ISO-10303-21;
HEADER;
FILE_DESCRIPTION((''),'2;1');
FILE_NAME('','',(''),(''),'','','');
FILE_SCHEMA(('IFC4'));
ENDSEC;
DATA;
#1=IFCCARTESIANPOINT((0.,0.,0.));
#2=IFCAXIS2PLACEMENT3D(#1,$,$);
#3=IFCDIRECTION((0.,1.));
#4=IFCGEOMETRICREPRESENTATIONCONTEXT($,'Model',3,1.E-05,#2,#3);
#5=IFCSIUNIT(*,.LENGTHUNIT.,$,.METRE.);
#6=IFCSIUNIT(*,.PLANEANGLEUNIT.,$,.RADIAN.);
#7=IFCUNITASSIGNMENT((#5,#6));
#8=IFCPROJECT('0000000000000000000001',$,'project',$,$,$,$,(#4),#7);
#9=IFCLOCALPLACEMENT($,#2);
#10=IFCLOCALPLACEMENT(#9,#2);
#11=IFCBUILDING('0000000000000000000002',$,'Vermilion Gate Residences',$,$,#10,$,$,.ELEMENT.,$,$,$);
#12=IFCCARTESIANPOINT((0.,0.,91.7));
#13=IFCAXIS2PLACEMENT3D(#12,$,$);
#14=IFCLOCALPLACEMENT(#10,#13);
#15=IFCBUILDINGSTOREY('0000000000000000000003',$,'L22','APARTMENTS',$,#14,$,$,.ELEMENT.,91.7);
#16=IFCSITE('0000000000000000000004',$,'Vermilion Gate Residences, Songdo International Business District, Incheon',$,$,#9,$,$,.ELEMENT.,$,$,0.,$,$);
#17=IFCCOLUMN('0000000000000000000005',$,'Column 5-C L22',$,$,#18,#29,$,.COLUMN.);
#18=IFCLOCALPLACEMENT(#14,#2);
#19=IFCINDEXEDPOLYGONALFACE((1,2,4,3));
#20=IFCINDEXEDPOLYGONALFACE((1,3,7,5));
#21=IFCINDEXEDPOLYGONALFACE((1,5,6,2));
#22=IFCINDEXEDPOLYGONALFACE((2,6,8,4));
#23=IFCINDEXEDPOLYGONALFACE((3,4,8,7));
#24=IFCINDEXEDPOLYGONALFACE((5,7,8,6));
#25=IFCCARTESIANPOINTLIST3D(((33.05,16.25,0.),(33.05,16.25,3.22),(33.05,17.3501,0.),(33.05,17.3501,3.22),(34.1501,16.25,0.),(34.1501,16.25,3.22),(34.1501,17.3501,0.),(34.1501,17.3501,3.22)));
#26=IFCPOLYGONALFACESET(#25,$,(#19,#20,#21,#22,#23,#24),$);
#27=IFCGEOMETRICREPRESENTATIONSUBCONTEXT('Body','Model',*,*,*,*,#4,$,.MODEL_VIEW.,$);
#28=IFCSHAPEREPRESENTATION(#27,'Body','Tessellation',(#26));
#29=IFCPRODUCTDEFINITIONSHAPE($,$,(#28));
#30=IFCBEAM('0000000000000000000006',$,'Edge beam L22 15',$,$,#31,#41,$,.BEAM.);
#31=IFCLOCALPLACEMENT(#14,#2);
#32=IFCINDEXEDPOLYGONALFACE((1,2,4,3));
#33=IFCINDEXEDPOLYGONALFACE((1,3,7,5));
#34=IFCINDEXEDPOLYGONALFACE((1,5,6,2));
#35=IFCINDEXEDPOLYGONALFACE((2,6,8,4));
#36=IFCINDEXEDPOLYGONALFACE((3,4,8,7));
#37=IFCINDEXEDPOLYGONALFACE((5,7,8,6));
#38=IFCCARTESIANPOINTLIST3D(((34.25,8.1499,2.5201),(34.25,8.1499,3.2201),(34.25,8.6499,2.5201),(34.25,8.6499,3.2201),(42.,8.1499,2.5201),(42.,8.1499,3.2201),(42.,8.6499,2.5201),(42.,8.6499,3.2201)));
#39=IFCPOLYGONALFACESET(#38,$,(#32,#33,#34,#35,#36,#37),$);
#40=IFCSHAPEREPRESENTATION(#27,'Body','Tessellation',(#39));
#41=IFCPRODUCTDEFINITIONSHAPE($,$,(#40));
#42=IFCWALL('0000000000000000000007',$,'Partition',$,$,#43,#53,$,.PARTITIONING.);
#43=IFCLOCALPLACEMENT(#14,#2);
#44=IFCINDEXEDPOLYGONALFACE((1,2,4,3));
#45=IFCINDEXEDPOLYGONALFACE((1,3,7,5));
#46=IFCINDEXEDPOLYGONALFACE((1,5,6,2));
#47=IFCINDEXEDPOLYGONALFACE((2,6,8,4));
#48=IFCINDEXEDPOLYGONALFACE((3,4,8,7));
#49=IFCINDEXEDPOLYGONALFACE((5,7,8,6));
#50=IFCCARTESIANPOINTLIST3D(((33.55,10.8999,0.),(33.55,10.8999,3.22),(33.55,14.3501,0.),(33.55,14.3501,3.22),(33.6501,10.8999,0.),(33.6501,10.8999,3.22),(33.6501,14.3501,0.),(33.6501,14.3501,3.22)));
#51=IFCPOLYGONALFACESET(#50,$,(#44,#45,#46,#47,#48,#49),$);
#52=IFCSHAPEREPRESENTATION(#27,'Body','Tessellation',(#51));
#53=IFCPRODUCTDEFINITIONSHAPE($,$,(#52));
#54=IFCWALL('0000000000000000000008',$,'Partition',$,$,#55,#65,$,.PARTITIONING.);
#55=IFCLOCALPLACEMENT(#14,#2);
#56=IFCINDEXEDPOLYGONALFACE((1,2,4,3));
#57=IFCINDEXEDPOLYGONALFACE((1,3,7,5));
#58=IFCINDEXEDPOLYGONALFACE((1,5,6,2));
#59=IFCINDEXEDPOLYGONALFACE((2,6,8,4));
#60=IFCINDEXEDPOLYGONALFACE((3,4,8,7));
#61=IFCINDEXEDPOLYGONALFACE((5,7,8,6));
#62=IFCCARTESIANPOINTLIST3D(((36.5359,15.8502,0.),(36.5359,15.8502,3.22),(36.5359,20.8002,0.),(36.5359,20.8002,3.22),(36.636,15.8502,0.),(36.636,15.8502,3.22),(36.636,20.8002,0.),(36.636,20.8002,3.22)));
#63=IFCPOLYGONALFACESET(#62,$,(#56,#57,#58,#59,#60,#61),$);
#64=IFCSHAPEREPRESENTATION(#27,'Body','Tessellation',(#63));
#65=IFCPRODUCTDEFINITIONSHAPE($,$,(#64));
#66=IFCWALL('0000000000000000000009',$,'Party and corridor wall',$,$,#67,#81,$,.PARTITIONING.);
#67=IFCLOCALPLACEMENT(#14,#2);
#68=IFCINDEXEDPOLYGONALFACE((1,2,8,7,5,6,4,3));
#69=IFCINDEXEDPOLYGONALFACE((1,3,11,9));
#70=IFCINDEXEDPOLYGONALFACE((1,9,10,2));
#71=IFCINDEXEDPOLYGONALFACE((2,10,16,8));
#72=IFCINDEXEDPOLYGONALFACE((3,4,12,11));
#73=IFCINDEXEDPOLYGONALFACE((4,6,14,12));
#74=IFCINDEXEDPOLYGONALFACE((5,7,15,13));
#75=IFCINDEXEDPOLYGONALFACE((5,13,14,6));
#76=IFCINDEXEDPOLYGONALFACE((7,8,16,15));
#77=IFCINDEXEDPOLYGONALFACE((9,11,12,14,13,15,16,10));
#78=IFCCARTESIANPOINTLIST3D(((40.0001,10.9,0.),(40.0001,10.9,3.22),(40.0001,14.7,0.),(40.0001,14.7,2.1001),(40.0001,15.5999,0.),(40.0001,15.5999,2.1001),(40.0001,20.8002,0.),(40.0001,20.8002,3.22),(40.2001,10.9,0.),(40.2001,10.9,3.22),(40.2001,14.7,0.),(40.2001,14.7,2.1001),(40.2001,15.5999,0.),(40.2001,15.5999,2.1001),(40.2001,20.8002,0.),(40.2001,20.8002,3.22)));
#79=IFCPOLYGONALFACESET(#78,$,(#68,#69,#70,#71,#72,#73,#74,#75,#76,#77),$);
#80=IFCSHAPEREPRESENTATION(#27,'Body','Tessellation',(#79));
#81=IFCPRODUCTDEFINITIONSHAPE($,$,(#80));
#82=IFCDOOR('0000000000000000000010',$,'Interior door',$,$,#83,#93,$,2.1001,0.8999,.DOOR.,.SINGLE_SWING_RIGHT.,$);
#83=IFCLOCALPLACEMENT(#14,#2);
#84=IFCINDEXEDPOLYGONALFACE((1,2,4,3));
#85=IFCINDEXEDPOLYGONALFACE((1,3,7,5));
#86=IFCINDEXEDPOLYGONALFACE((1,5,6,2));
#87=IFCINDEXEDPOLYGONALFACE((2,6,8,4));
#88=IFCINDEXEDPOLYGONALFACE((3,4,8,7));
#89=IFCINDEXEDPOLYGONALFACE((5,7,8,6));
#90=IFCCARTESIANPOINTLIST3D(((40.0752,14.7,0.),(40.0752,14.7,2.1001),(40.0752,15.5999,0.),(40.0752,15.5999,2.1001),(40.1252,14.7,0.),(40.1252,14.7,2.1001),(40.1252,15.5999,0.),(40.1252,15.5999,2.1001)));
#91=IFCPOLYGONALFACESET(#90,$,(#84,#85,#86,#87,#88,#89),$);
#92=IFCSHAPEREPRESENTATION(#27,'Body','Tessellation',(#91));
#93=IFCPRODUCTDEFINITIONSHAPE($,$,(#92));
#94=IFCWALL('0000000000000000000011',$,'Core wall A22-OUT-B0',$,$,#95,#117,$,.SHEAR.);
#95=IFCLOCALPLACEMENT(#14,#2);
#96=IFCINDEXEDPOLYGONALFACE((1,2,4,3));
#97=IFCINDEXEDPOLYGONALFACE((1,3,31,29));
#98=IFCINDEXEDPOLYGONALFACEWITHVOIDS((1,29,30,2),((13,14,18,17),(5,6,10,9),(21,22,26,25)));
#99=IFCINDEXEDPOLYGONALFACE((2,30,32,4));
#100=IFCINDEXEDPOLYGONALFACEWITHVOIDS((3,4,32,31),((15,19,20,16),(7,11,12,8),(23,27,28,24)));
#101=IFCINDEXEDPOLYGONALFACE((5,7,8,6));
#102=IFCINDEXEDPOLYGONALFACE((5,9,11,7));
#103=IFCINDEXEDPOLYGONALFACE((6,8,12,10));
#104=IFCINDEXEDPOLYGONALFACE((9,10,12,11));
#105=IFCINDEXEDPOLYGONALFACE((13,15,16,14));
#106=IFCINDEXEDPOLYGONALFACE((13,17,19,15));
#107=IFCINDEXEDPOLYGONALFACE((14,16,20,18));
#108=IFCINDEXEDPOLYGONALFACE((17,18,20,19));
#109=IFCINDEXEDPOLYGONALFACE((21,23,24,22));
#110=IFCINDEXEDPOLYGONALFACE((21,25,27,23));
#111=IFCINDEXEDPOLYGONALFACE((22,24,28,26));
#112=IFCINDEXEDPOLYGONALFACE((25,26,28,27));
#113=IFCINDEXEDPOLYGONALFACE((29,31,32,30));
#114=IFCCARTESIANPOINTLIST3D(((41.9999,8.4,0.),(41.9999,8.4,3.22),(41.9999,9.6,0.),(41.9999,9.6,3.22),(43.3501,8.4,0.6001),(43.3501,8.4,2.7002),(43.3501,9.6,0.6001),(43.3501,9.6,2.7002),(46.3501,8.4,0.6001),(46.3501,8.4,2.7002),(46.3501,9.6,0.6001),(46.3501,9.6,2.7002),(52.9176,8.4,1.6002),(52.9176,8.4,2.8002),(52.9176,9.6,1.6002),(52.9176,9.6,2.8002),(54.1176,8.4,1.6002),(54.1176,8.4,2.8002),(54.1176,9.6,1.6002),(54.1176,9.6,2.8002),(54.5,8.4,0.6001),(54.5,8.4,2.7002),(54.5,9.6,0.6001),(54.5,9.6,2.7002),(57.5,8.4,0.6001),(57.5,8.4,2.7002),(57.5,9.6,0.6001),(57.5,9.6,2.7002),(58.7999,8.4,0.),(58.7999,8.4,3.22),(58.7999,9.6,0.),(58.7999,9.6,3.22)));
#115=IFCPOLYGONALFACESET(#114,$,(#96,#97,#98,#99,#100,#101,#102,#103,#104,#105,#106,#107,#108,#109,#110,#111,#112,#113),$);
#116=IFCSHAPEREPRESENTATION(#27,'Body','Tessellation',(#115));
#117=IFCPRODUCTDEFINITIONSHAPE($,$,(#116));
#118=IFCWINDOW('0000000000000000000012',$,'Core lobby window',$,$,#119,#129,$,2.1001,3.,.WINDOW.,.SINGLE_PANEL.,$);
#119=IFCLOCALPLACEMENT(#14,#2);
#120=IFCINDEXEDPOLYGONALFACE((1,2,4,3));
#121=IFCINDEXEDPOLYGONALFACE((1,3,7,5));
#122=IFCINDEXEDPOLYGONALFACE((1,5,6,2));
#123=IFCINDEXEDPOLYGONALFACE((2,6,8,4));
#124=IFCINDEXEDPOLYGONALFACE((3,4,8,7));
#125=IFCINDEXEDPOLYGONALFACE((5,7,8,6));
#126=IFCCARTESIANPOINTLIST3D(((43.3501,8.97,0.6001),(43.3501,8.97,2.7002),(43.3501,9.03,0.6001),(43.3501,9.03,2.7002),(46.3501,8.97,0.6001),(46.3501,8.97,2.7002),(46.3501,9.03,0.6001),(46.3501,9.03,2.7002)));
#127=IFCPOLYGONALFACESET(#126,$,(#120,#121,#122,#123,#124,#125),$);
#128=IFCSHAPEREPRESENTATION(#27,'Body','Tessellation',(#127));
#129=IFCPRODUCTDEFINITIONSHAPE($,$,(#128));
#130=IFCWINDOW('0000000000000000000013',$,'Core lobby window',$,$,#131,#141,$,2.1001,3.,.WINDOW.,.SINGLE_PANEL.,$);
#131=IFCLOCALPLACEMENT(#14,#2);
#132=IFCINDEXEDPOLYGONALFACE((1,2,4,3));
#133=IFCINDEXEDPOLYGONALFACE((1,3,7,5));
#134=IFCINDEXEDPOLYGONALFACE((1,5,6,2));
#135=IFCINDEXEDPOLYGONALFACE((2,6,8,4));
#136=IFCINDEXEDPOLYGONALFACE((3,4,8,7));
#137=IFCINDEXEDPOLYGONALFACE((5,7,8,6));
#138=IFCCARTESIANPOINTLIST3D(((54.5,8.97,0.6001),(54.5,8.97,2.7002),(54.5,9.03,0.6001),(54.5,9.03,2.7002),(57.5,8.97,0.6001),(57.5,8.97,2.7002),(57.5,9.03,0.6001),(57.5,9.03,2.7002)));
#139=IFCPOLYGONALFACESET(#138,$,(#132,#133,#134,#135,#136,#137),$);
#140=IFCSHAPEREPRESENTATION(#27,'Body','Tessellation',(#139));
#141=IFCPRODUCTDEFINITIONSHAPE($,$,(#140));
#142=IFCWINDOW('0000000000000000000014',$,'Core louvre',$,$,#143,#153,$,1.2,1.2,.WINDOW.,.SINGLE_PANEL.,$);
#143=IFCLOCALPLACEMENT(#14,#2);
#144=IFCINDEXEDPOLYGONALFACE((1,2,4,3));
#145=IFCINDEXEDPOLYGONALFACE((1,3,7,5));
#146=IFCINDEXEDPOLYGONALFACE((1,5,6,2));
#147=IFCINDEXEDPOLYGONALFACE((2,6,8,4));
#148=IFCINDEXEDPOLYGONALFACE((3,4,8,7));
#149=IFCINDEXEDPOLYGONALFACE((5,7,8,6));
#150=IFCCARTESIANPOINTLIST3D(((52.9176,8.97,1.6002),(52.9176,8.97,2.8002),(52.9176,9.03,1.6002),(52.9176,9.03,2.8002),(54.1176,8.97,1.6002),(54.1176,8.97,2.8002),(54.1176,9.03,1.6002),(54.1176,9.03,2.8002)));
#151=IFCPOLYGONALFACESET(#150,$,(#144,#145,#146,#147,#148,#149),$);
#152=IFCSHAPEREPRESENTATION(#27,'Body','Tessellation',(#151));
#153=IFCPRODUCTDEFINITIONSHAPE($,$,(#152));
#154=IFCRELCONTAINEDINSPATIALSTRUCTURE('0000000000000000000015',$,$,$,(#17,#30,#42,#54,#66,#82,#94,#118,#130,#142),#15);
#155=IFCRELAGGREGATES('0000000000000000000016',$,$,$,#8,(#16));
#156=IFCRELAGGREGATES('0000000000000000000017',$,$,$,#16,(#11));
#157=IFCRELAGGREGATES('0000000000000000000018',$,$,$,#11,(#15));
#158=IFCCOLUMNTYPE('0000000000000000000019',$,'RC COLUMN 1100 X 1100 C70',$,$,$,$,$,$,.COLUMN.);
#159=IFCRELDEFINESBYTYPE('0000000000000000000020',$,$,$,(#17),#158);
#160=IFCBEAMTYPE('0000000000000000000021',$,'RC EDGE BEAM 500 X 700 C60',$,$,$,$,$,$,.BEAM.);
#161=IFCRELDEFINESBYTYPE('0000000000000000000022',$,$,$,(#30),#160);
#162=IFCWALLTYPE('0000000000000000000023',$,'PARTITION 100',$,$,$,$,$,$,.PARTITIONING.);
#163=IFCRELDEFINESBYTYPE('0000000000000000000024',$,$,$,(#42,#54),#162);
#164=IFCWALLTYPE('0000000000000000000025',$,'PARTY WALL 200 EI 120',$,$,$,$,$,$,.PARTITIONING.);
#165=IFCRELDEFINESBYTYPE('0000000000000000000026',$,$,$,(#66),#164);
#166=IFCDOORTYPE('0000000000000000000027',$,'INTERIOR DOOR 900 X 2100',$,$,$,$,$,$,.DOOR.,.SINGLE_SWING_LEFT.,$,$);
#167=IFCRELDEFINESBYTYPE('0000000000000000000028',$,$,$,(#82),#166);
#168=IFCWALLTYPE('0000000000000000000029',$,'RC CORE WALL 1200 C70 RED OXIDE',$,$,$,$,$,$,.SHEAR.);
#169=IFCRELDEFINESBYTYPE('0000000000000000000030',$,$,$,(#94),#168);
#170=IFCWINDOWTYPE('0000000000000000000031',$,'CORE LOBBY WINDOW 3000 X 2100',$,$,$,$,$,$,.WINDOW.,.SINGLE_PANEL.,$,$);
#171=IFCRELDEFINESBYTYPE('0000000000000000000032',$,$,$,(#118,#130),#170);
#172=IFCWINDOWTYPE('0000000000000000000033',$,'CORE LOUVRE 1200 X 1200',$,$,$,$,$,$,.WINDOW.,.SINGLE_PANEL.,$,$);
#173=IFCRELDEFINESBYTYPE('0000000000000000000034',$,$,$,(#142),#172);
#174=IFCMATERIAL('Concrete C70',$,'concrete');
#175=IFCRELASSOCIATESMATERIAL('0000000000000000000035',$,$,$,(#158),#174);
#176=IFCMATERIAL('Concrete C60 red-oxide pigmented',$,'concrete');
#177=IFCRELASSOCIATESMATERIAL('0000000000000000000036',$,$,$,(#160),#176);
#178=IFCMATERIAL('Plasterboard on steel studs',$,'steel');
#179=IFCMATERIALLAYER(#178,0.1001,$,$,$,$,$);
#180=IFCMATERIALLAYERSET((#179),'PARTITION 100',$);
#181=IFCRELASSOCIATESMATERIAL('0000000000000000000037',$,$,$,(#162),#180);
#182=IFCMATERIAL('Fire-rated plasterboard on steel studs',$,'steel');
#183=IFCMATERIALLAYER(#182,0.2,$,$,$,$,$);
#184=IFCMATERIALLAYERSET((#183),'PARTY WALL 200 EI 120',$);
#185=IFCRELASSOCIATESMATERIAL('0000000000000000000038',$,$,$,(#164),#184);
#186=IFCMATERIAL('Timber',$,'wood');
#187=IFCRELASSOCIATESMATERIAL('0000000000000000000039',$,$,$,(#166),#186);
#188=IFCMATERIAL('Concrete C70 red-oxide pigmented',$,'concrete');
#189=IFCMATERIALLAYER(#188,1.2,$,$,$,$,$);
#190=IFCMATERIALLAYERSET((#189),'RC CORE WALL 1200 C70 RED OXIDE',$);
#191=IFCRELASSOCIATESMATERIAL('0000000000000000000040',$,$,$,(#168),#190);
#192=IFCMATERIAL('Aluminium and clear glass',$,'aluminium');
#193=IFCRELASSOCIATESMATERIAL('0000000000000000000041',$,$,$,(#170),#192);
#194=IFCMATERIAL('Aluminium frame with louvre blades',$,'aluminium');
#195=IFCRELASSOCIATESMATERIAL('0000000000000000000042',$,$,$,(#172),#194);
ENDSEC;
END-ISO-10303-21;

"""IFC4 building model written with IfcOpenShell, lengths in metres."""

from ifc_helpers import new_model, si_unit, direction, frame, frame_2d, origin, origin_2d, place, context, subcontext, project, spatial, rectangle, extrude, material, layer, layer_set, material_profile, profile_set, type_object, element, fill, save


model = new_model("IFC4")

# Units and contexts
model_context = context("Model", 3, precision=1e-05, world=origin(), true_north=direction((0.0, 1.0)))
body_context = subcontext(model_context, "Body", "Model", "MODEL_VIEW")
ifc_project = project(units=[si_unit("LENGTHUNIT", "METRE"), si_unit("PLANEANGLEUNIT", "RADIAN")], contexts=[model_context])

# Site, building, storey
site_placement = place(None, origin())
site = spatial("IfcSite", under=ifc_project, at=site_placement, Name="Vermilion Gate Residences, Songdo International Business District, Incheon", CompositionType="ELEMENT", RefElevation=0.0)
building_placement = place(site_placement, origin())
building = spatial("IfcBuilding", under=site, at=building_placement, Name="Vermilion Gate Residences", CompositionType="ELEMENT")
storey_placement = place(building_placement, frame((0.0, 0.0, 91.7)))
storey = spatial("IfcBuildingStorey", under=building, at=storey_placement, Name="L22", Description="APARTMENTS", CompositionType="ELEMENT", Elevation=91.7)

# Column
ifc_material_1 = material(Name="Concrete C70", Category="concrete")
ifc_material_profile_1 = material_profile(ifc_material_1, rectangle(XDim=1.1001, YDim=1.1001, at=origin_2d()), Name="RC-1100x1100")
ifc_profile_set_1 = profile_set([ifc_material_profile_1], Name="Concrete C70")
column_type = type_object("IfcColumnType", Name="RC COLUMN 1100 X 1100 C70", PredefinedType="COLUMN", material=ifc_profile_set_1)
column_placement = place(storey_placement, frame((33.6001, 16.8, 0.0), z_axis=(0.0, 0.0, 1.0), x_axis=(1.0, 0.0, 0.0)))
element("IfcColumn", 1, at=column_placement, inside=storey, type_object=column_type, Name="Column 5-C L22", PredefinedType="COLUMN", context=body_context, shape_type="SweptSolid", body=[
    extrude(rectangle(XDim=1.1001, YDim=1.1001, at=origin_2d()), origin(), (0.0, 0.0, 1.0), 3.22),
])

# Beam
ifc_material_2 = material(Name="Concrete C60 red-oxide pigmented", Category="concrete")
ifc_material_profile_2 = material_profile(ifc_material_2, rectangle(XDim=0.5, YDim=0.7, at=origin_2d()), Name="RC-500x700")
ifc_profile_set_2 = profile_set([ifc_material_profile_2], Name="Concrete C60 red-oxide pigmented")
beam_type = type_object("IfcBeamType", Name="RC EDGE BEAM 500 X 700 C60", PredefinedType="BEAM", material=ifc_profile_set_2)
beam_placement = place(storey_placement, frame((34.25, 8.3999, 2.8701), z_axis=(1.0, 0.0, 0.0), x_axis=(0.0, 1.0, 0.0)))
element("IfcBeam", 2, at=beam_placement, inside=storey, type_object=beam_type, Name="Edge beam L22 15", PredefinedType="BEAM", context=body_context, shape_type="SweptSolid", body=[
    extrude(rectangle(XDim=0.5, YDim=0.7, at=origin_2d()), origin(), (0.0, 0.0, 1.0), 7.75),
])

# Walls
ifc_material_3 = material(Name="Plasterboard on steel studs", Category="steel")
ifc_layer_1 = layer(ifc_material_3, 0.1001)
ifc_layer_set_1 = layer_set([ifc_layer_1], Name="PARTITION 100")
wall_type_1 = type_object("IfcWallType", Name="PARTITION 100", PredefinedType="PARTITIONING", material=ifc_layer_set_1)
wall_1_placement = place(storey_placement, frame((33.6001, 10.8999, 0.0), z_axis=(0.0, 0.0, 1.0), x_axis=(0.0, 1.0, 0.0)))
element("IfcWall", 3, at=wall_1_placement, inside=storey, type_object=wall_type_1, Name="Partition", PredefinedType="PARTITIONING", context=body_context, shape_type="SweptSolid", body=[
    extrude(rectangle(XDim=3.4502, YDim=0.1001, at=frame_2d((1.7251, 0.0))), origin(), (0.0, 0.0, 1.0), 3.22),
])
wall_2_placement = place(storey_placement, frame((36.5859, 15.8501, 0.0), z_axis=(0.0, 0.0, 1.0), x_axis=(0.0, 1.0, 0.0)))
element("IfcWall", 4, at=wall_2_placement, inside=storey, type_object=wall_type_1, Name="Partition", PredefinedType="PARTITIONING", context=body_context, shape_type="SweptSolid", body=[
    extrude(rectangle(XDim=4.95, YDim=0.1001, at=frame_2d((2.4751, 0.0))), origin(), (0.0, 0.0, 1.0), 3.22),
])

# Wall, opening, door
ifc_material_4 = material(Name="Fire-rated plasterboard on steel studs", Category="steel")
ifc_layer_2 = layer(ifc_material_4, 0.2)
ifc_layer_set_2 = layer_set([ifc_layer_2], Name="PARTY WALL 200 EI 120")
wall_type_2 = type_object("IfcWallType", Name="PARTY WALL 200 EI 120", PredefinedType="PARTITIONING", material=ifc_layer_set_2)
wall_3_placement = place(storey_placement, frame((40.1001, 10.8999, 0.0), z_axis=(0.0, 0.0, 1.0), x_axis=(0.0, 1.0, 0.0)))
wall_3 = element("IfcWall", 5, at=wall_3_placement, inside=storey, type_object=wall_type_2, Name="Party and corridor wall", PredefinedType="PARTITIONING", context=body_context, shape_type="SweptSolid", body=[
    extrude(rectangle(XDim=9.9001, YDim=0.2, at=frame_2d((4.9502, 0.0))), origin(), (0.0, 0.0, 1.0), 3.22),
])
opening_1_placement = place(wall_3_placement, frame((3.8, 0.0, 0.0)))
opening_1 = element("IfcOpeningElement", 6, at=opening_1_placement, cuts=wall_3, PredefinedType="OPENING", context=body_context, shape_type="SweptSolid", body=[
    extrude(rectangle(XDim=0.8999, YDim=2.1001, at=frame_2d((0.45, 1.05))), frame((0.0, 0.1099, 0.0), z_axis=(0.0, -1.0, 0.0), x_axis=(1.0, 0.0, 0.0)), (0.0, 0.0, 1.0), 0.22),
])
ifc_material_5 = material(Name="Timber", Category="wood")
door_type = type_object("IfcDoorType", Name="INTERIOR DOOR 900 X 2100", OperationType="SINGLE_SWING_LEFT", PredefinedType="DOOR", material=ifc_material_5)
door_placement = place(opening_1_placement, origin())
door = element("IfcDoor", 7, at=door_placement, inside=storey, type_object=door_type, Name="Interior door", OperationType="SINGLE_SWING_RIGHT", OverallHeight=2.1001, OverallWidth=0.8999, PredefinedType="DOOR", context=body_context, shape_type="SweptSolid", body=[
    extrude(rectangle(XDim=0.8999, YDim=2.1001, at=frame_2d((0.45, 1.05))), frame((0.0, 0.0249, 0.0), z_axis=(0.0, -1.0, 0.0), x_axis=(1.0, 0.0, 0.0)), (0.0, 0.0, 1.0), 0.05),
])
fill(opening_1, door)

# Wall, openings, windows
ifc_material_6 = material(Name="Concrete C70 red-oxide pigmented", Category="concrete")
ifc_layer_3 = layer(ifc_material_6, 1.2)
ifc_layer_set_3 = layer_set([ifc_layer_3], Name="RC CORE WALL 1200 C70 RED OXIDE")
wall_type_3 = type_object("IfcWallType", Name="RC CORE WALL 1200 C70 RED OXIDE", PredefinedType="SHEAR", material=ifc_layer_set_3)
wall_4_placement = place(storey_placement, frame((42.0, 9.0, 0.0), z_axis=(0.0, 0.0, 1.0), x_axis=(1.0, 0.0, 0.0)))
wall_4 = element("IfcWall", 8, at=wall_4_placement, inside=storey, type_object=wall_type_3, Name="Core wall A22-OUT-B0", PredefinedType="SHEAR", context=body_context, shape_type="SweptSolid", body=[
    extrude(rectangle(XDim=16.8, YDim=1.2, at=frame_2d((8.3999, 0.0))), origin(), (0.0, 0.0, 1.0), 3.22),
])
opening_2_placement = place(wall_4_placement, frame((1.3501, 0.0, 0.6001)))
opening_2 = element("IfcOpeningElement", 9, at=opening_2_placement, cuts=wall_4, PredefinedType="OPENING", context=body_context, shape_type="SweptSolid", body=[
    extrude(rectangle(XDim=3.0, YDim=2.1001, at=frame_2d((1.5, 1.05))), frame((0.0, 0.6099, 0.0), z_axis=(0.0, -1.0, 0.0), x_axis=(1.0, 0.0, 0.0)), (0.0, 0.0, 1.0), 1.22),
])
opening_3_placement = place(wall_4_placement, frame((10.9175, 0.0, 1.6001)))
opening_3 = element("IfcOpeningElement", 10, at=opening_3_placement, cuts=wall_4, PredefinedType="OPENING", context=body_context, shape_type="SweptSolid", body=[
    extrude(rectangle(XDim=1.2, YDim=1.2, at=frame_2d((0.6001, 0.6001))), frame((0.0, 0.6099, 0.0), z_axis=(0.0, -1.0, 0.0), x_axis=(1.0, 0.0, 0.0)), (0.0, 0.0, 1.0), 1.22),
])
opening_4_placement = place(wall_4_placement, frame((12.5, 0.0, 0.6001)))
opening_4 = element("IfcOpeningElement", 11, at=opening_4_placement, cuts=wall_4, PredefinedType="OPENING", context=body_context, shape_type="SweptSolid", body=[
    extrude(rectangle(XDim=3.0, YDim=2.1001, at=frame_2d((1.5, 1.05))), frame((0.0, 0.6099, 0.0), z_axis=(0.0, -1.0, 0.0), x_axis=(1.0, 0.0, 0.0)), (0.0, 0.0, 1.0), 1.22),
])
ifc_material_7 = material(Name="Aluminium and clear glass", Category="aluminium")
window_type_1 = type_object("IfcWindowType", Name="CORE LOBBY WINDOW 3000 X 2100", PartitioningType="SINGLE_PANEL", PredefinedType="WINDOW", material=ifc_material_7)
window_1_placement = place(opening_2_placement, origin())
window_1 = element("IfcWindow", 12, at=window_1_placement, inside=storey, type_object=window_type_1, Name="Core lobby window", OverallHeight=2.1001, OverallWidth=3.0, PartitioningType="SINGLE_PANEL", PredefinedType="WINDOW", context=body_context, shape_type="SweptSolid", body=[
    extrude(rectangle(XDim=3.0, YDim=2.1001, at=frame_2d((1.5, 1.05))), frame((0.0, 0.03, 0.0), z_axis=(0.0, -1.0, 0.0), x_axis=(1.0, 0.0, 0.0)), (0.0, 0.0, 1.0), 0.0601),
])
fill(opening_2, window_1)
window_2_placement = place(opening_4_placement, origin())
window_2 = element("IfcWindow", 13, at=window_2_placement, inside=storey, type_object=window_type_1, Name="Core lobby window", OverallHeight=2.1001, OverallWidth=3.0, PartitioningType="SINGLE_PANEL", PredefinedType="WINDOW", context=body_context, shape_type="SweptSolid", body=[
    extrude(rectangle(XDim=3.0, YDim=2.1001, at=frame_2d((1.5, 1.05))), frame((0.0, 0.03, 0.0), z_axis=(0.0, -1.0, 0.0), x_axis=(1.0, 0.0, 0.0)), (0.0, 0.0, 1.0), 0.0601),
])
fill(opening_4, window_2)
ifc_material_8 = material(Name="Aluminium frame with louvre blades", Category="aluminium")
window_type_2 = type_object("IfcWindowType", Name="CORE LOUVRE 1200 X 1200", PartitioningType="SINGLE_PANEL", PredefinedType="WINDOW", material=ifc_material_8)
window_3_placement = place(opening_3_placement, origin())
window_3 = element("IfcWindow", 14, at=window_3_placement, inside=storey, type_object=window_type_2, Name="Core louvre", OverallHeight=1.2, OverallWidth=1.2, PartitioningType="SINGLE_PANEL", PredefinedType="WINDOW", context=body_context, shape_type="SweptSolid", body=[
    extrude(rectangle(XDim=1.2, YDim=1.2, at=frame_2d((0.6001, 0.6001))), frame((0.0, 0.03, 0.0), z_axis=(0.0, -1.0, 0.0), x_axis=(1.0, 0.0, 0.0)), (0.0, 0.0, 1.0), 0.0601),
])
fill(opening_3, window_3)

save(model, "model.ifc")
